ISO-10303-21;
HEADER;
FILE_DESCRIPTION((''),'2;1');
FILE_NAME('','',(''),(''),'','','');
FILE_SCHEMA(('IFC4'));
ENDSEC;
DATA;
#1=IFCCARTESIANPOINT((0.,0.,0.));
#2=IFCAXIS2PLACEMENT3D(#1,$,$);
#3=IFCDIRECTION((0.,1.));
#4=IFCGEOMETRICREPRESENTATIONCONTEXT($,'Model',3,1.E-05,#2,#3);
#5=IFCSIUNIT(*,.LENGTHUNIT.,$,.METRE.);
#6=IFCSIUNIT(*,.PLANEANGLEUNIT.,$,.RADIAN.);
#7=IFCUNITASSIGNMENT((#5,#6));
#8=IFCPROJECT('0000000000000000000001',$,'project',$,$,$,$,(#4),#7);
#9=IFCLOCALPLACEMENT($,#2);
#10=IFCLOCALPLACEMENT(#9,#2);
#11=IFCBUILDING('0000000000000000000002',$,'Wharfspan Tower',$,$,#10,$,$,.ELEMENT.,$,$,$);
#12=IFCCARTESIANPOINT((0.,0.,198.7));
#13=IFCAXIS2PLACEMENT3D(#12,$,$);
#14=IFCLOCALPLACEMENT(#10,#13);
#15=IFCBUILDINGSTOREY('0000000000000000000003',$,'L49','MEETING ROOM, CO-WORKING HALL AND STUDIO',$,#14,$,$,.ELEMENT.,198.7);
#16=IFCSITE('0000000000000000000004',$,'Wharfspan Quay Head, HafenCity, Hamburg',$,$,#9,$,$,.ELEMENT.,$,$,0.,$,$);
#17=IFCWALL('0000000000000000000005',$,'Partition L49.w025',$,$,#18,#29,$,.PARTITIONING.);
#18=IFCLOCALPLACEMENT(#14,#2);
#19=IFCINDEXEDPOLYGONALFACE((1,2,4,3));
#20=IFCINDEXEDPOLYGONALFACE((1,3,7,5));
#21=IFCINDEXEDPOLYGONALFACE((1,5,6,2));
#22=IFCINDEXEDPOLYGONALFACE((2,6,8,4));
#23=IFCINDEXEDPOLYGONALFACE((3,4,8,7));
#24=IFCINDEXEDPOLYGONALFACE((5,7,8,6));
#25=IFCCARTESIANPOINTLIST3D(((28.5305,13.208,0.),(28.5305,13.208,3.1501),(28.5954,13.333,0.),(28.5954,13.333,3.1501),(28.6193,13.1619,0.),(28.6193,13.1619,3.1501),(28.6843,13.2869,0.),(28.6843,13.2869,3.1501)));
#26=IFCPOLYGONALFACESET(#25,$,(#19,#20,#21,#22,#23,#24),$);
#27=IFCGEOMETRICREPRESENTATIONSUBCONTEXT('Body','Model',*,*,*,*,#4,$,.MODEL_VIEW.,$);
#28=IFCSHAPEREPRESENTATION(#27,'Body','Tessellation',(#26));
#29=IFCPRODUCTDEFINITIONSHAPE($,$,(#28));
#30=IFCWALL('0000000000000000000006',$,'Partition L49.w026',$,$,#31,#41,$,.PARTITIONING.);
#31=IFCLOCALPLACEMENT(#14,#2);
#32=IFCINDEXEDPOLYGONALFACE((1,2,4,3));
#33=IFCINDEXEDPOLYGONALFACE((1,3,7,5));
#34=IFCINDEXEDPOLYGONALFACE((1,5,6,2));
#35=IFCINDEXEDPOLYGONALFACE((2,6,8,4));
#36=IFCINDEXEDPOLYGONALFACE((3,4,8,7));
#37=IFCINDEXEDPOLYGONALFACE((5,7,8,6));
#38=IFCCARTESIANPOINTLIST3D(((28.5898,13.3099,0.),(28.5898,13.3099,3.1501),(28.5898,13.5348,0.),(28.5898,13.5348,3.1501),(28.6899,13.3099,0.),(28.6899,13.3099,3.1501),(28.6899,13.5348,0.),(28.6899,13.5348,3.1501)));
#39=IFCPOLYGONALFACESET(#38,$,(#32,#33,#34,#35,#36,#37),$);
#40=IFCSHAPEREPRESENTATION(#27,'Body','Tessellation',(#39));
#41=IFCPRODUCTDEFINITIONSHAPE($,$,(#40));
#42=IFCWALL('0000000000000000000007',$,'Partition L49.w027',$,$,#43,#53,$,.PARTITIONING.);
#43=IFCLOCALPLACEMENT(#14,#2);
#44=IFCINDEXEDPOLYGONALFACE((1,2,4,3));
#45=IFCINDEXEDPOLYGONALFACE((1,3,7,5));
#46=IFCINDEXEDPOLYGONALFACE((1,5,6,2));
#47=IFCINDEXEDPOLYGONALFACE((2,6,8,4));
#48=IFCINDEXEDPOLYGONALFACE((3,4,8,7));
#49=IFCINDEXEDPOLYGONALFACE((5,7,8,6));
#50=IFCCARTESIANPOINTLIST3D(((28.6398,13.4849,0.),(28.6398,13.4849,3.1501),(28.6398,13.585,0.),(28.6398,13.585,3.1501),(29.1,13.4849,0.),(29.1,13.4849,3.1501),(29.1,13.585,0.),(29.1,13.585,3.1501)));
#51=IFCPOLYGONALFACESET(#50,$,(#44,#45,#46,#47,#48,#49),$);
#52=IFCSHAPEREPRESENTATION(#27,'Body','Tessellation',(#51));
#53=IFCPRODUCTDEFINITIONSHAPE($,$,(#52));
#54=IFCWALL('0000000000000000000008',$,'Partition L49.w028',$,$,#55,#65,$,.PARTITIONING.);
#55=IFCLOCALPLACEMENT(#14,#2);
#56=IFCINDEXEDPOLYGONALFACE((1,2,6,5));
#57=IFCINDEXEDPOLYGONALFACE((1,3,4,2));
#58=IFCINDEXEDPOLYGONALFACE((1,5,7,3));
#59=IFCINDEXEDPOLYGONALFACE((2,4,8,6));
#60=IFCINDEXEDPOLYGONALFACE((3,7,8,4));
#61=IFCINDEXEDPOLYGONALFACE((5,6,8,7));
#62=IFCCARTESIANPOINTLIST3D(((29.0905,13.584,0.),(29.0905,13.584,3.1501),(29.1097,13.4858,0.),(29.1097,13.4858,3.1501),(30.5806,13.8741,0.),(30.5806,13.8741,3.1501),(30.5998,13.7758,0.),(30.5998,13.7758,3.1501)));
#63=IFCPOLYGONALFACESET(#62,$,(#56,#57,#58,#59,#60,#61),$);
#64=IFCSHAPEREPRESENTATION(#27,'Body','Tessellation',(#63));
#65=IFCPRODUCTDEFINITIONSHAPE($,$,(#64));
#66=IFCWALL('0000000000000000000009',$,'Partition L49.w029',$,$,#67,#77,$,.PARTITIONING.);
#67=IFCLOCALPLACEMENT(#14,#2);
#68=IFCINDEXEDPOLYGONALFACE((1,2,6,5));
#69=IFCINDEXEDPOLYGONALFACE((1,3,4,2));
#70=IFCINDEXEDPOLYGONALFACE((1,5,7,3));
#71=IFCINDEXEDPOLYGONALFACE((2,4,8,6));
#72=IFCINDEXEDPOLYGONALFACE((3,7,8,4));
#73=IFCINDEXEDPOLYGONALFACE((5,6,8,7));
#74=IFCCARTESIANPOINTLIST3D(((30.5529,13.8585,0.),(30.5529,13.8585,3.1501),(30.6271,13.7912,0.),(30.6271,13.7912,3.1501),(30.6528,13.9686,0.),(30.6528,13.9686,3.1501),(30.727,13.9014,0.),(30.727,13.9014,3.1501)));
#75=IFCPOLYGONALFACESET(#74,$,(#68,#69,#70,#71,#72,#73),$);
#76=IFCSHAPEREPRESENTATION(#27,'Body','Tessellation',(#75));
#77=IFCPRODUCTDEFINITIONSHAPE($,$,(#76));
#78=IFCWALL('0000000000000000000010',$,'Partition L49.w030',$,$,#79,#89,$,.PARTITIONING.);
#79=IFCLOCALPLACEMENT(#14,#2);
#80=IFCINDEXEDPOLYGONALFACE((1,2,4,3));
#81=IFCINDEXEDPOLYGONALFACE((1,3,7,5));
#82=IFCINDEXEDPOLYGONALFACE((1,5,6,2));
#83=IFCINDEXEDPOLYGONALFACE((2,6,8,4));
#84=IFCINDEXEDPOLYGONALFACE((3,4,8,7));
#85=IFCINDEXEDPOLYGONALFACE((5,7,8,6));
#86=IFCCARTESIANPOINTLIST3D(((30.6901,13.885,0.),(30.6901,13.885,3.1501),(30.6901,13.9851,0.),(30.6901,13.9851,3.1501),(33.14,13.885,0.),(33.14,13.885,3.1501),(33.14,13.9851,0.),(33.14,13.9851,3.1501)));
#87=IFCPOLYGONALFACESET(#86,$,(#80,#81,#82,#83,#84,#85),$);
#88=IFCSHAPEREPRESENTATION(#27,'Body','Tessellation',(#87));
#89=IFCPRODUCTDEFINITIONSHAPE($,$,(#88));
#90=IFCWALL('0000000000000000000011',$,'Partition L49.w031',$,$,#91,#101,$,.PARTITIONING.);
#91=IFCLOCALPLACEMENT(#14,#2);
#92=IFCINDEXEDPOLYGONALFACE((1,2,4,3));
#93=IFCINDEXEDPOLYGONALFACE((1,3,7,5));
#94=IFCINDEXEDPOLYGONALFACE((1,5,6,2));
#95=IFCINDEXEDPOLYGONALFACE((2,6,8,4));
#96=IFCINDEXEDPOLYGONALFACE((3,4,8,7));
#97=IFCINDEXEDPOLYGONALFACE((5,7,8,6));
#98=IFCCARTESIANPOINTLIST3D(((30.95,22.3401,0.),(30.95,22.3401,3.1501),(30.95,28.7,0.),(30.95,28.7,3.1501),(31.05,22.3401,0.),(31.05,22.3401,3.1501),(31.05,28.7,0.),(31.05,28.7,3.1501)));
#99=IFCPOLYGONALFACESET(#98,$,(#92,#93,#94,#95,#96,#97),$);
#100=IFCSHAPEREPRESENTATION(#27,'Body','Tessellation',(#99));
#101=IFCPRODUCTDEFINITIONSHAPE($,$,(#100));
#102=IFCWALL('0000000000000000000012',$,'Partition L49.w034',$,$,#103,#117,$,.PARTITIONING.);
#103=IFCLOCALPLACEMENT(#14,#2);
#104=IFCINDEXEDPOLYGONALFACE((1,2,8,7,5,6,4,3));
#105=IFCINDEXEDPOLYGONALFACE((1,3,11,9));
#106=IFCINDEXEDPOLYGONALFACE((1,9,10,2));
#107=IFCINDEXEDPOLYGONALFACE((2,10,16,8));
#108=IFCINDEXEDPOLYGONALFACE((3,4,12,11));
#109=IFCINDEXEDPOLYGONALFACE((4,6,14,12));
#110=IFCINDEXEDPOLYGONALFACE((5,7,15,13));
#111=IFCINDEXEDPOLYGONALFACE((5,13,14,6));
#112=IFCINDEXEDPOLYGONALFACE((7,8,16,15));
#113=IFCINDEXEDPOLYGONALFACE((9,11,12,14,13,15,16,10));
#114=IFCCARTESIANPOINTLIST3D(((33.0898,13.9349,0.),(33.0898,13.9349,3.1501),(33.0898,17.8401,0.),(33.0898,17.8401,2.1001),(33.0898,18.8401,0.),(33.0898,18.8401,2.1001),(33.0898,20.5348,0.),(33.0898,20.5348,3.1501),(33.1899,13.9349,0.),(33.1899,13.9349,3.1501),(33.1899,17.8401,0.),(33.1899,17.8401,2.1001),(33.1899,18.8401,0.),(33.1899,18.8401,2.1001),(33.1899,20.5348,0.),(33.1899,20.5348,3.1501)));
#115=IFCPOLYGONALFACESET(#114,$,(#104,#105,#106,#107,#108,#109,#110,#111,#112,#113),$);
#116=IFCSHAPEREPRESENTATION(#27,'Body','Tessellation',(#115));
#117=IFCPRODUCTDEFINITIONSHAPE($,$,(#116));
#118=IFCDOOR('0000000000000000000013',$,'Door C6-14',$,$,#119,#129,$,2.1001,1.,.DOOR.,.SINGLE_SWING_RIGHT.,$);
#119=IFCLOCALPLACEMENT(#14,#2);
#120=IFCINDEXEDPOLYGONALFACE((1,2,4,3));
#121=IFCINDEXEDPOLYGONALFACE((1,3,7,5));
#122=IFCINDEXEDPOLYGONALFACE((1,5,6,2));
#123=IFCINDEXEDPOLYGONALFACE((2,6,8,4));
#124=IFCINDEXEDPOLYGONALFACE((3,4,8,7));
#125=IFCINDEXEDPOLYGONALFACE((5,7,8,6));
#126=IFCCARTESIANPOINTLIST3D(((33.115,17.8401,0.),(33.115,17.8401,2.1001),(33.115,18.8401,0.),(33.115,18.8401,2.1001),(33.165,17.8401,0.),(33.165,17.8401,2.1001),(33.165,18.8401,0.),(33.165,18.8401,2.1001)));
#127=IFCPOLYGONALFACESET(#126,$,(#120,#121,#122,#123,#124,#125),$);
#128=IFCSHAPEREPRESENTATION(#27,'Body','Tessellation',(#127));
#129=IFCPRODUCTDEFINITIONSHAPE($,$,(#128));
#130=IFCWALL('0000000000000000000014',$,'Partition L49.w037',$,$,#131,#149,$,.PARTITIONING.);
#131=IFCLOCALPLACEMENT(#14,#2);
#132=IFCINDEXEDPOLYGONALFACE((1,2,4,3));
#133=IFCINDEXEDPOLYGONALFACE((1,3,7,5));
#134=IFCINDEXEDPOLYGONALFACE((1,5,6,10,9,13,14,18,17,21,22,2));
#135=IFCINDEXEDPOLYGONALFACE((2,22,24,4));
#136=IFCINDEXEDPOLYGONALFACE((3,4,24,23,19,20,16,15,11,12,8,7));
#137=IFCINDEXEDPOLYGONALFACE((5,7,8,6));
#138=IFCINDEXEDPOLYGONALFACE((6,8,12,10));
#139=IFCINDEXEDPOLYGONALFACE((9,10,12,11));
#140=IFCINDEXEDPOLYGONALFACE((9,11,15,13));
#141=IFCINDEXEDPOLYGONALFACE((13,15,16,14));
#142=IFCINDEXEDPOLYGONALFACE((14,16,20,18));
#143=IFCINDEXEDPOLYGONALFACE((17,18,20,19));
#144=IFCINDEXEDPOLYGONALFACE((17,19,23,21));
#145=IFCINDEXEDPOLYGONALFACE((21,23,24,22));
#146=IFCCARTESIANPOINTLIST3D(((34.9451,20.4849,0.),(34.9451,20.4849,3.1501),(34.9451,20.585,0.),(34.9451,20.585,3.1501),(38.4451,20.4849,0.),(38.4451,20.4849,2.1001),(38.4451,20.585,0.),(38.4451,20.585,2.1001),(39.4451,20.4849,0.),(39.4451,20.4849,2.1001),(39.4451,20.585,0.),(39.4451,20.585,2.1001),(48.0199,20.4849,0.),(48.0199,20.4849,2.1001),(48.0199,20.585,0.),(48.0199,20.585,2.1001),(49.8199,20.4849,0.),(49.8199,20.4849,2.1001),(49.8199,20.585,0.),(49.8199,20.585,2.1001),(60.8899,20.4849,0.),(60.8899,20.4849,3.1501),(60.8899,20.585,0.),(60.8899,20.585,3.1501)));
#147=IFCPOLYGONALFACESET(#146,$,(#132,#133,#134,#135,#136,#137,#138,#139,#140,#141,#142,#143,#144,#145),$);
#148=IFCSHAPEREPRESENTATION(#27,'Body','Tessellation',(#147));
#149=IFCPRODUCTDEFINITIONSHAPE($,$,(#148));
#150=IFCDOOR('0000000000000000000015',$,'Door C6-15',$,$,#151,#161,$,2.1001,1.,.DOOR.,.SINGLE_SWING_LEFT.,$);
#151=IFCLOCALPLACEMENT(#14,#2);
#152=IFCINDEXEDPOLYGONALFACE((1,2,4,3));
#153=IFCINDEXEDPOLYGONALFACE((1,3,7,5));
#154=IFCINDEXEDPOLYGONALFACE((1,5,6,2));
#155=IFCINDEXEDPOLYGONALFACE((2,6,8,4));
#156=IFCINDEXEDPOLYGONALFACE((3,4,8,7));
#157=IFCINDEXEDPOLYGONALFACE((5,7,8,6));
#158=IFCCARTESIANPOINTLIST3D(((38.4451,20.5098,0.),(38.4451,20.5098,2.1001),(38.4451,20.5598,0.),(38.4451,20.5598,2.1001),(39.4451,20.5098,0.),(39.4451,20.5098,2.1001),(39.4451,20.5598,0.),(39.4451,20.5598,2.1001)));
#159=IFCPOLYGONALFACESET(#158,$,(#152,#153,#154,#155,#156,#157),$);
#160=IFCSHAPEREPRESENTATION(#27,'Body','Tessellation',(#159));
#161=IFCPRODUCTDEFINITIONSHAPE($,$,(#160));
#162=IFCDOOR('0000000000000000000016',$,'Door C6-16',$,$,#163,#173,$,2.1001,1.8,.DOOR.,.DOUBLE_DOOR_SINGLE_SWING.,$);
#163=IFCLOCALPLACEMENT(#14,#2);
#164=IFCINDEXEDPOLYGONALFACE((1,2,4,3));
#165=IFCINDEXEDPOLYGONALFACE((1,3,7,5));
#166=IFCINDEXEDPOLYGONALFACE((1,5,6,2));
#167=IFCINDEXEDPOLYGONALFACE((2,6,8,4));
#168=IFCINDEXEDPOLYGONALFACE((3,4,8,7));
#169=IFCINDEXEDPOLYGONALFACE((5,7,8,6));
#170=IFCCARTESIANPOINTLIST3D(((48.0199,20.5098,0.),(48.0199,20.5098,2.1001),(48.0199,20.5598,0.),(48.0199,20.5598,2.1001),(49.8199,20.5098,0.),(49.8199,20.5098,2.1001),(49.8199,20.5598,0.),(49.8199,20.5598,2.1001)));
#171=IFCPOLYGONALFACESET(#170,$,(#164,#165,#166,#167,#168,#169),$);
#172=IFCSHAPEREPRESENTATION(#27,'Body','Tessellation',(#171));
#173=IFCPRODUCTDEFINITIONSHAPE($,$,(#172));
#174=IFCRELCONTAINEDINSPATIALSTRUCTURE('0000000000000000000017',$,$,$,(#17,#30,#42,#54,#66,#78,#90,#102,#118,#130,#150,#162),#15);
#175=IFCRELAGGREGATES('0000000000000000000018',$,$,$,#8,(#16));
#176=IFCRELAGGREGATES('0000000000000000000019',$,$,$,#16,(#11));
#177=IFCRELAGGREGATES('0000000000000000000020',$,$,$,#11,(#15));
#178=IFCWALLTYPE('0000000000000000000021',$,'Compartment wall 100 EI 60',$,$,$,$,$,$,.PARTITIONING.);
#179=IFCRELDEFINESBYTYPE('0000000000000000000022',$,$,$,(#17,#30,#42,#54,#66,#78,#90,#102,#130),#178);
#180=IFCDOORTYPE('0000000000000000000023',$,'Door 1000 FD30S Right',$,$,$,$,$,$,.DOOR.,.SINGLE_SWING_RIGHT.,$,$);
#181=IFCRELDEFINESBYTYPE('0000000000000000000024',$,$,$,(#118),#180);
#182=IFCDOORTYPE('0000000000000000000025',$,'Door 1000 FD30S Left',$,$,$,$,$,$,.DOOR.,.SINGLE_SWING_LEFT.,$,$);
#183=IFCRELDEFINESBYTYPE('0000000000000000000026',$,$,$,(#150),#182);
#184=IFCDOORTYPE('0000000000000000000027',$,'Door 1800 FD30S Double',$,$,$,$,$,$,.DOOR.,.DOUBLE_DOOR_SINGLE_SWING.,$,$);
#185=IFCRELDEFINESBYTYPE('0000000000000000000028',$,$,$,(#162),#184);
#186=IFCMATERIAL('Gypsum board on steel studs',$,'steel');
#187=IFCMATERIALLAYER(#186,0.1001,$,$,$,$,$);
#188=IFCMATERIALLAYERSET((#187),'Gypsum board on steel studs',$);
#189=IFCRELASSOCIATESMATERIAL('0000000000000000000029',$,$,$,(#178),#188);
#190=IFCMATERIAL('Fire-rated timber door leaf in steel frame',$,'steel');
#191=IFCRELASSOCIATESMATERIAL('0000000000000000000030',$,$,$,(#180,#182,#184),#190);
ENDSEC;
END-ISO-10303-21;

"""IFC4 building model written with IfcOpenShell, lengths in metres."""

from ifc_helpers import new_model, si_unit, direction, frame, frame_2d, origin, place, context, subcontext, project, spatial, rectangle, extrude, material, layer, layer_set, type_object, element, fill, save


model = new_model("IFC4")

# Units and contexts
model_context = context("Model", 3, precision=1e-05, world=origin(), true_north=direction((0.0, 1.0)))
body_context = subcontext(model_context, "Body", "Model", "MODEL_VIEW")
ifc_project = project(units=[si_unit("LENGTHUNIT", "METRE"), si_unit("PLANEANGLEUNIT", "RADIAN")], contexts=[model_context])

# Site, building, storey
site_placement = place(None, origin())
site = spatial("IfcSite", under=ifc_project, at=site_placement, Name="Wharfspan Quay Head, HafenCity, Hamburg", CompositionType="ELEMENT", RefElevation=0.0)
building_placement = place(site_placement, origin())
building = spatial("IfcBuilding", under=site, at=building_placement, Name="Wharfspan Tower", CompositionType="ELEMENT")
storey_placement = place(building_placement, frame((0.0, 0.0, 198.7)))
storey = spatial("IfcBuildingStorey", under=building, at=storey_placement, Name="L49", Description="MEETING ROOM, CO-WORKING HALL AND STUDIO", CompositionType="ELEMENT", Elevation=198.7)

# Walls
ifc_material_1 = material(Name="Gypsum board on steel studs", Category="steel")
ifc_layer_1 = layer(ifc_material_1, 0.1001)
ifc_layer_set_1 = layer_set([ifc_layer_1], Name="Gypsum board on steel studs")
wall_type_1 = type_object("IfcWallType", Name="Compartment wall 100 EI 60", PredefinedType="PARTITIONING", material=ifc_layer_set_1)
wall_1_placement = place(storey_placement, frame((28.575, 13.1851, 0.0), z_axis=(0.0, 0.0, 1.0), x_axis=(0.461027, 0.88739, 0.0)))
element("IfcWall", 1, at=wall_1_placement, inside=storey, type_object=wall_type_1, Name="Partition L49.w025", PredefinedType="PARTITIONING", context=body_context, shape_type="SweptSolid", body=[
    extrude(rectangle(XDim=0.1409, YDim=0.1001, at=frame_2d((0.0703, 0.0))), origin(), (0.0, 0.0, 1.0), 3.1501),
])
wall_2_placement = place(storey_placement, frame((28.6399, 13.3101, 0.0), z_axis=(0.0, 0.0, 1.0), x_axis=(0.0, 1.0, 0.0)))
element("IfcWall", 2, at=wall_2_placement, inside=storey, type_object=wall_type_1, Name="Partition L49.w026", PredefinedType="PARTITIONING", context=body_context, shape_type="SweptSolid", body=[
    extrude(rectangle(XDim=0.2249, YDim=0.1001, at=frame_2d((0.1123, 0.0))), origin(), (0.0, 0.0, 1.0), 3.1501),
])
wall_3_placement = place(storey_placement, frame((28.6399, 13.5349, 0.0), z_axis=(0.0, 0.0, 1.0), x_axis=(1.0, 0.0, 0.0)))
element("IfcWall", 3, at=wall_3_placement, inside=storey, type_object=wall_type_1, Name="Partition L49.w027", PredefinedType="PARTITIONING", context=body_context, shape_type="SweptSolid", body=[
    extrude(rectangle(XDim=0.4602, YDim=0.1001, at=frame_2d((0.23, 0.0))), origin(), (0.0, 0.0, 1.0), 3.1501),
])
wall_4_placement = place(storey_placement, frame((29.1001, 13.5349, 0.0), z_axis=(0.0, 0.0, 1.0), x_axis=(0.981576, 0.191072, 0.0)))
element("IfcWall", 4, at=wall_4_placement, inside=storey, type_object=wall_type_1, Name="Partition L49.w028", PredefinedType="PARTITIONING", context=body_context, shape_type="SweptSolid", body=[
    extrude(rectangle(XDim=1.5181, YDim=0.1001, at=frame_2d((0.759, 0.0))), origin(), (0.0, 0.0, 1.0), 3.1501),
])
wall_5_placement = place(storey_placement, frame((30.5901, 13.825, 0.0), z_axis=(0.0, 0.0, 1.0), x_axis=(0.671773, 0.740757, 0.0)))
element("IfcWall", 5, at=wall_5_placement, inside=storey, type_object=wall_type_1, Name="Partition L49.w029", PredefinedType="PARTITIONING", context=body_context, shape_type="SweptSolid", body=[
    extrude(rectangle(XDim=0.1487, YDim=0.1001, at=frame_2d((0.0742, 0.0))), origin(), (0.0, 0.0, 1.0), 3.1501),
])
wall_6_placement = place(storey_placement, frame((30.6899, 13.9351, 0.0), z_axis=(0.0, 0.0, 1.0), x_axis=(1.0, 0.0, 0.0)))
element("IfcWall", 6, at=wall_6_placement, inside=storey, type_object=wall_type_1, Name="Partition L49.w030", PredefinedType="PARTITIONING", context=body_context, shape_type="SweptSolid", body=[
    extrude(rectangle(XDim=2.45, YDim=0.1001, at=frame_2d((1.2251, 0.0))), origin(), (0.0, 0.0, 1.0), 3.1501),
])
wall_7_placement = place(storey_placement, frame((31.0, 22.3401, 0.0), z_axis=(0.0, 0.0, 1.0), x_axis=(0.0, 1.0, 0.0)))
element("IfcWall", 7, at=wall_7_placement, inside=storey, type_object=wall_type_1, Name="Partition L49.w031", PredefinedType="PARTITIONING", context=body_context, shape_type="SweptSolid", body=[
    extrude(rectangle(XDim=6.3599, YDim=0.1001, at=frame_2d((3.1799, 0.0))), origin(), (0.0, 0.0, 1.0), 3.1501),
])

# Wall, opening, door
wall_8_placement = place(storey_placement, frame((33.1399, 13.9351, 0.0), z_axis=(0.0, 0.0, 1.0), x_axis=(0.0, 1.0, 0.0)))
wall_8 = element("IfcWall", 8, at=wall_8_placement, inside=storey, type_object=wall_type_1, Name="Partition L49.w034", PredefinedType="PARTITIONING", context=body_context, shape_type="SweptSolid", body=[
    extrude(rectangle(XDim=6.5999, YDim=0.1001, at=frame_2d((3.2998, 0.0))), origin(), (0.0, 0.0, 1.0), 3.1501),
])
opening_1_placement = place(wall_8_placement, frame((3.905, 0.0, 0.0)))
opening_1 = element("IfcOpeningElement", 9, at=opening_1_placement, cuts=wall_8, PredefinedType="OPENING", context=body_context, shape_type="SweptSolid", body=[
    extrude(rectangle(XDim=1.0, YDim=2.1001, at=frame_2d((0.5, 1.05))), frame((0.0, 0.0601, 0.0), z_axis=(0.0, -1.0, 0.0), x_axis=(1.0, 0.0, 0.0)), (0.0, 0.0, 1.0), 0.1201),
])
ifc_material_2 = material(Name="Fire-rated timber door leaf in steel frame", Category="steel")
door_type_1 = type_object("IfcDoorType", Name="Door 1000 FD30S Right", OperationType="SINGLE_SWING_RIGHT", PredefinedType="DOOR", material=ifc_material_2)
door_1_placement = place(opening_1_placement, origin())
door_1 = element("IfcDoor", 10, at=door_1_placement, inside=storey, type_object=door_type_1, Name="Door C6-14", OperationType="SINGLE_SWING_RIGHT", OverallHeight=2.1001, OverallWidth=1.0, PredefinedType="DOOR", context=body_context, shape_type="SweptSolid", body=[
    extrude(rectangle(XDim=1.0, YDim=2.1001, at=frame_2d((0.5, 1.05))), frame((0.0, 0.0249, 0.0), z_axis=(0.0, -1.0, 0.0), x_axis=(1.0, 0.0, 0.0)), (0.0, 0.0, 1.0), 0.05),
])
fill(opening_1, door_1)

# Wall, openings, doors
wall_9_placement = place(storey_placement, frame((34.9451, 20.5349, 0.0), z_axis=(0.0, 0.0, 1.0), x_axis=(1.0, 0.0, 0.0)))
wall_9 = element("IfcWall", 11, at=wall_9_placement, inside=storey, type_object=wall_type_1, Name="Partition L49.w037", PredefinedType="PARTITIONING", context=body_context, shape_type="SweptSolid", body=[
    extrude(rectangle(XDim=25.9448, YDim=0.1001, at=frame_2d((12.9724, 0.0))), origin(), (0.0, 0.0, 1.0), 3.1501),
])
opening_2_placement = place(wall_9_placement, frame((3.5, 0.0, 0.0)))
opening_2 = element("IfcOpeningElement", 12, at=opening_2_placement, cuts=wall_9, PredefinedType="OPENING", context=body_context, shape_type="SweptSolid", body=[
    extrude(rectangle(XDim=1.0, YDim=2.1001, at=frame_2d((0.5, 1.05))), frame((0.0, 0.0601, 0.0), z_axis=(0.0, -1.0, 0.0), x_axis=(1.0, 0.0, 0.0)), (0.0, 0.0, 1.0), 0.1201),
])
opening_3_placement = place(wall_9_placement, frame((13.075, 0.0, 0.0)))
opening_3 = element("IfcOpeningElement", 13, at=opening_3_placement, cuts=wall_9, PredefinedType="OPENING", context=body_context, shape_type="SweptSolid", body=[
    extrude(rectangle(XDim=1.8, YDim=2.1001, at=frame_2d((0.8999, 1.05))), frame((0.0, 0.0601, 0.0), z_axis=(0.0, -1.0, 0.0), x_axis=(1.0, 0.0, 0.0)), (0.0, 0.0, 1.0), 0.1201),
])
door_type_2 = type_object("IfcDoorType", Name="Door 1000 FD30S Left", OperationType="SINGLE_SWING_LEFT", PredefinedType="DOOR", material=ifc_material_2)
door_2_placement = place(opening_2_placement, origin())
door_2 = element("IfcDoor", 14, at=door_2_placement, inside=storey, type_object=door_type_2, Name="Door C6-15", OperationType="SINGLE_SWING_LEFT", OverallHeight=2.1001, OverallWidth=1.0, PredefinedType="DOOR", context=body_context, shape_type="SweptSolid", body=[
    extrude(rectangle(XDim=1.0, YDim=2.1001, at=frame_2d((0.5, 1.05))), frame((0.0, 0.0249, 0.0), z_axis=(0.0, -1.0, 0.0), x_axis=(1.0, 0.0, 0.0)), (0.0, 0.0, 1.0), 0.05),
])
fill(opening_2, door_2)
door_type_3 = type_object("IfcDoorType", Name="Door 1800 FD30S Double", OperationType="DOUBLE_DOOR_SINGLE_SWING", PredefinedType="DOOR", material=ifc_material_2)
door_3_placement = place(opening_3_placement, origin())
door_3 = element("IfcDoor", 15, at=door_3_placement, inside=storey, type_object=door_type_3, Name="Door C6-16", OperationType="DOUBLE_DOOR_SINGLE_SWING", OverallHeight=2.1001, OverallWidth=1.8, PredefinedType="DOOR", context=body_context, shape_type="SweptSolid", body=[
    extrude(rectangle(XDim=1.8, YDim=2.1001, at=frame_2d((0.8999, 1.05))), frame((0.0, 0.0249, 0.0), z_axis=(0.0, -1.0, 0.0), x_axis=(1.0, 0.0, 0.0)), (0.0, 0.0, 1.0), 0.05),
])
fill(opening_3, door_3)

save(model, "model.ifc")
